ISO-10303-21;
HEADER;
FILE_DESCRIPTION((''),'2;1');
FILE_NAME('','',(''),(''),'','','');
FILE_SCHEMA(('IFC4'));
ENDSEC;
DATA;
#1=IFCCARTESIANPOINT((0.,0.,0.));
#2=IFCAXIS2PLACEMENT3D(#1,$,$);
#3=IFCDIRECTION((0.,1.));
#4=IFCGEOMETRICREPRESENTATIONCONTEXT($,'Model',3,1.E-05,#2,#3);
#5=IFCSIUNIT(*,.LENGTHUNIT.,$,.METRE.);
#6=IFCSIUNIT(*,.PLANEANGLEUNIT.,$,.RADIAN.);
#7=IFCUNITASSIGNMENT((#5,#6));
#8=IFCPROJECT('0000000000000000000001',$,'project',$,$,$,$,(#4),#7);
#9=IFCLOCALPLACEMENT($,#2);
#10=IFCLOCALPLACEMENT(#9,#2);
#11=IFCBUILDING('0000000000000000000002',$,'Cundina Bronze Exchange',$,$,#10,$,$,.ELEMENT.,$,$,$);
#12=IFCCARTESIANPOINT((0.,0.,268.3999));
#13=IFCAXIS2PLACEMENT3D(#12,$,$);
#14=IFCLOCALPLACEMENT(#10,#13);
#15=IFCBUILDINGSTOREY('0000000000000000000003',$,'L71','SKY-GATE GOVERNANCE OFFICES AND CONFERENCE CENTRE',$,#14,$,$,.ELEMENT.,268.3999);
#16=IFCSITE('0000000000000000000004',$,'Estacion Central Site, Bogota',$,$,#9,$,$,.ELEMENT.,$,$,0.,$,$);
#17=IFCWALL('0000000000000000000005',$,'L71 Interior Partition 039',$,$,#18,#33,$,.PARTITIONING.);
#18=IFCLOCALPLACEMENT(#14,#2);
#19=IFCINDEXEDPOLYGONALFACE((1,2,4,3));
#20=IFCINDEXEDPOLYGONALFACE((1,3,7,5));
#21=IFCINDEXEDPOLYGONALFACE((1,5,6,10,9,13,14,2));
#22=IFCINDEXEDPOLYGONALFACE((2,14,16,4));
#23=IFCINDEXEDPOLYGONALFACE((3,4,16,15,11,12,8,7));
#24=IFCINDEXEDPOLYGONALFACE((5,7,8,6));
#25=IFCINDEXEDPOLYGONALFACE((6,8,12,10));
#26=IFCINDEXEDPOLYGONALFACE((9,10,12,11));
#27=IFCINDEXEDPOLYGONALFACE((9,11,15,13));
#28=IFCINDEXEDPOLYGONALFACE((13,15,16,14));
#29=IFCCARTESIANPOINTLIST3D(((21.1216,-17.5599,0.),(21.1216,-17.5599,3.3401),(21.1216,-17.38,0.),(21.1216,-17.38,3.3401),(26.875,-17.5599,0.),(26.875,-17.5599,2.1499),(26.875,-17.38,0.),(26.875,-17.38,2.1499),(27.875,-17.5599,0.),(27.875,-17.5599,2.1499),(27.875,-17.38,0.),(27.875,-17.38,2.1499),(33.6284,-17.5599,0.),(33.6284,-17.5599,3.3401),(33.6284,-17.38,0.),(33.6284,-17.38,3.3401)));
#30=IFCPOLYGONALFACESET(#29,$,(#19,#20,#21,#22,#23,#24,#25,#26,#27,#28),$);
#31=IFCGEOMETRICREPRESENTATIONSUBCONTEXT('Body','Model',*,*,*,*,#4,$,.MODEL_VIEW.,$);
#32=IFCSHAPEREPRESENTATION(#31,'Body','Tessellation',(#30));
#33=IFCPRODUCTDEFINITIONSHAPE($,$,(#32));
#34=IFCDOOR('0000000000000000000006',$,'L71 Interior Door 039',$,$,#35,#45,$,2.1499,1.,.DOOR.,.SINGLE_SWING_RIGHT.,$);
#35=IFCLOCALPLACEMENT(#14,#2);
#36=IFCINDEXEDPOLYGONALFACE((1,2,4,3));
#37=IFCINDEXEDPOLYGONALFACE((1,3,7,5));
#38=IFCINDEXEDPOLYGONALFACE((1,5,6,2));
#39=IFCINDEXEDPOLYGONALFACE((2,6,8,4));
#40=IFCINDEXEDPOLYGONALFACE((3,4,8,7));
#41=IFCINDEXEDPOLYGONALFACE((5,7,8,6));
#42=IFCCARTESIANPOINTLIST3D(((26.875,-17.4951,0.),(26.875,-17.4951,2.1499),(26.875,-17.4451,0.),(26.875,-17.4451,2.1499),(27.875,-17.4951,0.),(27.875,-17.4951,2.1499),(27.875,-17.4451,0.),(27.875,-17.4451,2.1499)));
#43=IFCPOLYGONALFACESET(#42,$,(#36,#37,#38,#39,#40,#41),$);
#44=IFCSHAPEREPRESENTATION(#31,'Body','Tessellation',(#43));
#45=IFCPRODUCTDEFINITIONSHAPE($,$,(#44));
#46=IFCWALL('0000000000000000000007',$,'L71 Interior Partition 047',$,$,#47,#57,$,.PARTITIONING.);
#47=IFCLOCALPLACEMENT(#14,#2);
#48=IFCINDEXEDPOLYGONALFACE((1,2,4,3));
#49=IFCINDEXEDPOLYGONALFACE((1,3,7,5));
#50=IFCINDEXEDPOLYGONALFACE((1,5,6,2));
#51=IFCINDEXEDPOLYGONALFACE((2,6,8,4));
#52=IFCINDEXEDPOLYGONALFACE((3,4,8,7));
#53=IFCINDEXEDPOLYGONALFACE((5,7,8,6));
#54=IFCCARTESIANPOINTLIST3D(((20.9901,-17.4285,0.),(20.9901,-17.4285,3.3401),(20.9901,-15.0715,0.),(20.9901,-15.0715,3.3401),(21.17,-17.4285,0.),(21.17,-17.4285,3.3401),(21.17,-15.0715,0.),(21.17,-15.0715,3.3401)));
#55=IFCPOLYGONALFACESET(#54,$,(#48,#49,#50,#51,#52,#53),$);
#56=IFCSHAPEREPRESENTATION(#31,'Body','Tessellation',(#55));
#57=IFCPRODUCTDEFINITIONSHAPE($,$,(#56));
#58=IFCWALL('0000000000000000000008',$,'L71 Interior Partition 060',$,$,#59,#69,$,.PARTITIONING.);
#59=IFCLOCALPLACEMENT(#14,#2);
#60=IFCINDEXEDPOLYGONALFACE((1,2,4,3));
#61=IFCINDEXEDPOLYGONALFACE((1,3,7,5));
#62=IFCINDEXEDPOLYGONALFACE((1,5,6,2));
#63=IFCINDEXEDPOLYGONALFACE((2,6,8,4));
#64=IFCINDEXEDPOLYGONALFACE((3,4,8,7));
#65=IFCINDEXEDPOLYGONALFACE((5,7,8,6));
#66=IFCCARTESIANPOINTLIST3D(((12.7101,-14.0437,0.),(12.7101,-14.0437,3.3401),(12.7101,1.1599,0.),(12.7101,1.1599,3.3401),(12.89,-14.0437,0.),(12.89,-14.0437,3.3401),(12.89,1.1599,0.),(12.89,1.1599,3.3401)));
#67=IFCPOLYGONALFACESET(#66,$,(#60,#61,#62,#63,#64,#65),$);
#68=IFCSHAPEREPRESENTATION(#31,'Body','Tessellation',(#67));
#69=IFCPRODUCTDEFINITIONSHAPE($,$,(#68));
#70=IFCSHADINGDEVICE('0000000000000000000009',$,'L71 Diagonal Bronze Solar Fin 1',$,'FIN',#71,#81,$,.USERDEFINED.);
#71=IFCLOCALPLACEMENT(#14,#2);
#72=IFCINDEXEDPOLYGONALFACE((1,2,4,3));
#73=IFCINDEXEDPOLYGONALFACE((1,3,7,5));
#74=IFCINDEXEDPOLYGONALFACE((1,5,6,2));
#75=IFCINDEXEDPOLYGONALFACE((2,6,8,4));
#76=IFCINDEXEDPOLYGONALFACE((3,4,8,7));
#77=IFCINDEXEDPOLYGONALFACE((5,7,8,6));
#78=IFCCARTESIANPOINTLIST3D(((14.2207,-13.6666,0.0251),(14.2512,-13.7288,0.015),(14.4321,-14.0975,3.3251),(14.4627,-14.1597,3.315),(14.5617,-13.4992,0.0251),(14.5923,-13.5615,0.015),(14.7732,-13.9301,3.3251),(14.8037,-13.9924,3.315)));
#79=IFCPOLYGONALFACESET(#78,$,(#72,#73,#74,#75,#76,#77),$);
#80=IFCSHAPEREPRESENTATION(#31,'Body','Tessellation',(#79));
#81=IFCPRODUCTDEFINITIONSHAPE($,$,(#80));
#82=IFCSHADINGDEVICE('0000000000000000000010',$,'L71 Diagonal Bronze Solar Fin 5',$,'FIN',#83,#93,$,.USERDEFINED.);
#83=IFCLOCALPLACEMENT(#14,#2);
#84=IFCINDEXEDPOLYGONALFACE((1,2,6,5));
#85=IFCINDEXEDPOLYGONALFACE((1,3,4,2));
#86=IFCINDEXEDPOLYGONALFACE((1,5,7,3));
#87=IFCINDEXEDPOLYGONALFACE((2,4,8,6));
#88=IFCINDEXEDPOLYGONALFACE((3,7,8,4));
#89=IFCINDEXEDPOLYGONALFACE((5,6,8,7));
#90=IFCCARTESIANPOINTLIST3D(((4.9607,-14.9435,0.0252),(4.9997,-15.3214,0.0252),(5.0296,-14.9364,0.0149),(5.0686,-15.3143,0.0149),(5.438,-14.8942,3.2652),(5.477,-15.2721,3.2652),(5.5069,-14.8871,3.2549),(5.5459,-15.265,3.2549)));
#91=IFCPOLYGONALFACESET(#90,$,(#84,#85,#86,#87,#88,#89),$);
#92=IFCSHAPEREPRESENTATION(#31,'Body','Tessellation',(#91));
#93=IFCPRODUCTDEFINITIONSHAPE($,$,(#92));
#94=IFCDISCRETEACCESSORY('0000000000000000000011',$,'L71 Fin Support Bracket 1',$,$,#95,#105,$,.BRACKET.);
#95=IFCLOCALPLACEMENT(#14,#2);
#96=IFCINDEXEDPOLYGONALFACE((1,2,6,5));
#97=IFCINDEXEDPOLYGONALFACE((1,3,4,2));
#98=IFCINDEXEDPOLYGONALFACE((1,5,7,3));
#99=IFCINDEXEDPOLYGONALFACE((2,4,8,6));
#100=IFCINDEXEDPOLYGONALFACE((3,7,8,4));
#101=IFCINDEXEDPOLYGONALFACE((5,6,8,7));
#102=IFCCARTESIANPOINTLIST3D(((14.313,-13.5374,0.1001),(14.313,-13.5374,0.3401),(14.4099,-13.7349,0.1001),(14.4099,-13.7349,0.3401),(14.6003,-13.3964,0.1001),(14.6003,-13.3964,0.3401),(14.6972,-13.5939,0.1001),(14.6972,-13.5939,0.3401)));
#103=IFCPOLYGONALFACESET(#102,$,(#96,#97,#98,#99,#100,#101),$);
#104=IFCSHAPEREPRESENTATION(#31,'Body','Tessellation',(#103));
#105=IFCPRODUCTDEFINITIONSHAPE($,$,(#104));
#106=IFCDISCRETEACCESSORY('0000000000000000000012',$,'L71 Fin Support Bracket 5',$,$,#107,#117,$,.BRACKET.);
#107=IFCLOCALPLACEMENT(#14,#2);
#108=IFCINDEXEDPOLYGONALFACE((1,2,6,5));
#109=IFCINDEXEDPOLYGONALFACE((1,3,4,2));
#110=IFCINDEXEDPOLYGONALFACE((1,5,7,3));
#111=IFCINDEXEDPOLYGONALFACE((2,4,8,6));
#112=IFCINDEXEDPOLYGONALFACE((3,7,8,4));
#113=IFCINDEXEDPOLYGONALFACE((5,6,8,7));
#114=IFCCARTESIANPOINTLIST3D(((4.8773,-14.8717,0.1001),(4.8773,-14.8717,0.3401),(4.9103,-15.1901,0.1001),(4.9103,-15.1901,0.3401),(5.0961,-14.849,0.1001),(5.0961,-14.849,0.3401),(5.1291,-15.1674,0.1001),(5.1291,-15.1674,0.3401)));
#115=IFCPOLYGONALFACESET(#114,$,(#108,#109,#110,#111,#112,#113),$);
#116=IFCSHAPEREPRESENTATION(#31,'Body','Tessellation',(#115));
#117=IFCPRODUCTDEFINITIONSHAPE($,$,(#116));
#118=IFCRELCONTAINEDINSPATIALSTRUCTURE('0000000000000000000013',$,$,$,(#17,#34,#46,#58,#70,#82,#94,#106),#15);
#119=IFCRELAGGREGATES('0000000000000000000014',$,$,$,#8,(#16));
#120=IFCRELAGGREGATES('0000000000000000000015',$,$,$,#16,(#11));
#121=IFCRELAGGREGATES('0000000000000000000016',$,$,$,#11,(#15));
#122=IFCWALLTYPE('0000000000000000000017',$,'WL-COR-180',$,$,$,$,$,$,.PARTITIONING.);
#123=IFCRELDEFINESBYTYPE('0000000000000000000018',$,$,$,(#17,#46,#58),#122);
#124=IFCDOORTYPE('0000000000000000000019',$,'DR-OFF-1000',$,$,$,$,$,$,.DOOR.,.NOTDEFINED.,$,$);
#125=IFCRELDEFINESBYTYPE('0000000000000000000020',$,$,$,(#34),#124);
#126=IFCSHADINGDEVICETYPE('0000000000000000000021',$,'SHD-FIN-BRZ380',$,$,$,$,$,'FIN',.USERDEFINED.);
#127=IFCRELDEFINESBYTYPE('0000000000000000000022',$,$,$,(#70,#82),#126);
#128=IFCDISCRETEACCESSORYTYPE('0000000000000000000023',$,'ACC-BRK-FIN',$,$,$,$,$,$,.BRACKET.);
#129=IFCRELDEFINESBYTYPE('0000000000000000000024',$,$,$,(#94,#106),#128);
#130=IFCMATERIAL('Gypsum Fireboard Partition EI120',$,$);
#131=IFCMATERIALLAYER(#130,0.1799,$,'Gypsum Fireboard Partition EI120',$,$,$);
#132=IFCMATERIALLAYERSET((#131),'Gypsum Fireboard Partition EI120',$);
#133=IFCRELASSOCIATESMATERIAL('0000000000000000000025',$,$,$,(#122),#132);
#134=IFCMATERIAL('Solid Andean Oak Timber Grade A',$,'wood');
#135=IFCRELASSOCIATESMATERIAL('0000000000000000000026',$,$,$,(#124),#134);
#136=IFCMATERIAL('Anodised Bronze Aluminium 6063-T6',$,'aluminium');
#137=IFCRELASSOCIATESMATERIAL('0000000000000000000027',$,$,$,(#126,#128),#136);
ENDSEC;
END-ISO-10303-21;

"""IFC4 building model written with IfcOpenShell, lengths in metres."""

from ifc_helpers import new_model, si_unit, direction, frame, frame_2d, origin, origin_2d, place, context, subcontext, project, spatial, rectangle, extrude, material, layer, layer_set, material_profile, profile_set, type_object, element, fill, save


model = new_model("IFC4")

# Units and contexts
model_context = context("Model", 3, precision=1e-05, world=origin(), true_north=direction((0.0, 1.0)))
body_context = subcontext(model_context, "Body", "Model", "MODEL_VIEW")
ifc_project = project(units=[si_unit("LENGTHUNIT", "METRE"), si_unit("PLANEANGLEUNIT", "RADIAN")], contexts=[model_context])

# Site, building, storey
site_placement = place(None, origin())
site = spatial("IfcSite", under=ifc_project, at=site_placement, Name="Estacion Central Site, Bogota", CompositionType="ELEMENT", RefElevation=0.0)
building_placement = place(site_placement, origin())
building = spatial("IfcBuilding", under=site, at=building_placement, Name="Cundina Bronze Exchange", CompositionType="ELEMENT")
storey_placement = place(building_placement, frame((0.0, 0.0, 268.3999)))
storey = spatial("IfcBuildingStorey", under=building, at=storey_placement, Name="L71", Description="SKY-GATE GOVERNANCE OFFICES AND CONFERENCE CENTRE", CompositionType="ELEMENT", Elevation=268.3999)

# Shared definitions
ifc_material_1 = material(Name="Anodised Bronze Aluminium 6063-T6", Category="aluminium")

# Shared definitions
ifc_material_2 = material(Name="Gypsum Fireboard Partition EI120")
ifc_layer_1 = layer(ifc_material_2, 0.1799, Name="Gypsum Fireboard Partition EI120")
ifc_layer_set_1 = layer_set([ifc_layer_1], Name="Gypsum Fireboard Partition EI120")
wall_type = type_object("IfcWallType", Name="WL-COR-180", PredefinedType="PARTITIONING", material=ifc_layer_set_1)

# Wall, opening, door
wall_1_placement = place(storey_placement, frame((21.1216, -17.47, 0.0), z_axis=(0.0, 0.0, 1.0), x_axis=(1.0, 0.0, 0.0)))
wall_1 = element("IfcWall", 1, at=wall_1_placement, inside=storey, type_object=wall_type, Name="L71 Interior Partition 039", PredefinedType="PARTITIONING", context=body_context, shape_type="SweptSolid", body=[
    extrude(rectangle(XDim=12.5068, YDim=0.1799, at=frame_2d((6.2534, 0.0))), origin(), (0.0, 0.0, 1.0), 3.3401),
])
opening_placement = place(wall_1_placement, frame((5.7534, 0.0, 0.0)))
opening = element("IfcOpeningElement", 2, at=opening_placement, cuts=wall_1, PredefinedType="OPENING", context=body_context, shape_type="SweptSolid", body=[
    extrude(rectangle(XDim=1.0, YDim=2.1499, at=frame_2d((0.5, 1.075))), frame((0.0, 0.0999, 0.0), z_axis=(0.0, -1.0, 0.0), x_axis=(1.0, 0.0, 0.0)), (0.0, 0.0, 1.0), 0.2),
])
ifc_material_3 = material(Name="Solid Andean Oak Timber Grade A", Category="wood")
door_type = type_object("IfcDoorType", Name="DR-OFF-1000", OperationType="NOTDEFINED", PredefinedType="DOOR", material=ifc_material_3)
door_placement = place(opening_placement, origin())
door = element("IfcDoor", 3, at=door_placement, inside=storey, type_object=door_type, Name="L71 Interior Door 039", OperationType="SINGLE_SWING_RIGHT", OverallHeight=2.1499, OverallWidth=1.0, PredefinedType="DOOR", context=body_context, shape_type="SweptSolid", body=[
    extrude(rectangle(XDim=1.0, YDim=2.1499, at=frame_2d((0.5, 1.075))), frame((0.0, 0.0249, 0.0), z_axis=(0.0, -1.0, 0.0), x_axis=(1.0, 0.0, 0.0)), (0.0, 0.0, 1.0), 0.05),
])
fill(opening, door)

# Walls
wall_2_placement = place(storey_placement, frame((21.0801, -15.0715, 0.0), z_axis=(0.0, 0.0, 1.0), x_axis=(0.0, -1.0, 0.0)))
element("IfcWall", 4, at=wall_2_placement, inside=storey, type_object=wall_type, Name="L71 Interior Partition 047", PredefinedType="PARTITIONING", context=body_context, shape_type="SweptSolid", body=[
    extrude(rectangle(XDim=2.3569, YDim=0.1799, at=frame_2d((1.1785, 0.0))), origin(), (0.0, 0.0, 1.0), 3.3401),
])
wall_3_placement = place(storey_placement, frame((12.8, -14.0437, 0.0), z_axis=(0.0, 0.0, 1.0), x_axis=(0.0, 1.0, 0.0)))
element("IfcWall", 5, at=wall_3_placement, inside=storey, type_object=wall_type, Name="L71 Interior Partition 060", PredefinedType="PARTITIONING", context=body_context, shape_type="SweptSolid", body=[
    extrude(rectangle(XDim=15.2036, YDim=0.1799, at=frame_2d((7.6018, 0.0))), origin(), (0.0, 0.0, 1.0), 3.3401),
])

# Shading devices
ifc_material_profile_1 = material_profile(ifc_material_1, rectangle(XDim=0.0701, YDim=0.3799, at=origin_2d()), Name="FIN70X380", Category="aluminium")
ifc_profile_set_1 = profile_set([ifc_material_profile_1], Name="Anodised Bronze Aluminium 6063-T6")
shading_device_type = type_object("IfcShadingDeviceType", Name="SHD-FIN-BRZ380", ElementType="FIN", PredefinedType="USERDEFINED", material=ifc_profile_set_1)
shading_device_1_placement = place(storey_placement, frame((14.4065, -13.614, 0.02), z_axis=(0.0634, -0.129217, 0.989588), x_axis=(-0.4359, 0.888411, 0.143932)))
element("IfcShadingDevice", 6, at=shading_device_1_placement, inside=storey, type_object=shading_device_type, Name="L71 Diagonal Bronze Solar Fin 1", ObjectType="FIN", PredefinedType="USERDEFINED", context=body_context, shape_type="SweptSolid", body=[
    extrude(rectangle(XDim=0.0701, YDim=0.3799, at=origin_2d()), origin(), (0.0, 0.0, 1.0), 3.3347),
])
shading_device_2_placement = place(storey_placement, frame((5.0146, -15.1289, 0.02), z_axis=(0.145724, 0.015057, 0.989211), x_axis=(-0.983972, -0.101669, 0.1465)))
element("IfcShadingDevice", 7, at=shading_device_2_placement, inside=storey, type_object=shading_device_type, Name="L71 Diagonal Bronze Solar Fin 5", ObjectType="FIN", PredefinedType="USERDEFINED", context=body_context, shape_type="SweptSolid", body=[
    extrude(rectangle(XDim=0.0701, YDim=0.3799, at=origin_2d()), origin(), (0.0, 0.0, 1.0), 3.2754),
])

# Discrete accessories
discrete_accessory_type = type_object("IfcDiscreteAccessoryType", Name="ACC-BRK-FIN", PredefinedType="BRACKET", material=ifc_material_1)
for number, where, z_axis, x_axis, name in (
    (8, (14.5051, -13.5657, 0.1001), (0.0, 0.0, 1.0), (0.440503, -0.897751, 0.0), "L71 Fin Support Bracket 1"),
    (9, (5.0032, -15.0195, 0.1001), (0.0, 0.0, 1.0), (0.994672, 0.103088, 0.0), "L71 Fin Support Bracket 5"),
):
    element("IfcDiscreteAccessory", number, at=place(storey_placement, frame(where, z_axis=z_axis, x_axis=x_axis)), inside=storey, type_object=discrete_accessory_type, Name=name, PredefinedType="BRACKET", context=body_context, shape_type="SweptSolid", body=[
        extrude(rectangle(XDim=0.22, YDim=0.3201, at=origin_2d()), origin(), (0.0, 0.0, 1.0), 0.24),
    ])

save(model, "model.ifc")
